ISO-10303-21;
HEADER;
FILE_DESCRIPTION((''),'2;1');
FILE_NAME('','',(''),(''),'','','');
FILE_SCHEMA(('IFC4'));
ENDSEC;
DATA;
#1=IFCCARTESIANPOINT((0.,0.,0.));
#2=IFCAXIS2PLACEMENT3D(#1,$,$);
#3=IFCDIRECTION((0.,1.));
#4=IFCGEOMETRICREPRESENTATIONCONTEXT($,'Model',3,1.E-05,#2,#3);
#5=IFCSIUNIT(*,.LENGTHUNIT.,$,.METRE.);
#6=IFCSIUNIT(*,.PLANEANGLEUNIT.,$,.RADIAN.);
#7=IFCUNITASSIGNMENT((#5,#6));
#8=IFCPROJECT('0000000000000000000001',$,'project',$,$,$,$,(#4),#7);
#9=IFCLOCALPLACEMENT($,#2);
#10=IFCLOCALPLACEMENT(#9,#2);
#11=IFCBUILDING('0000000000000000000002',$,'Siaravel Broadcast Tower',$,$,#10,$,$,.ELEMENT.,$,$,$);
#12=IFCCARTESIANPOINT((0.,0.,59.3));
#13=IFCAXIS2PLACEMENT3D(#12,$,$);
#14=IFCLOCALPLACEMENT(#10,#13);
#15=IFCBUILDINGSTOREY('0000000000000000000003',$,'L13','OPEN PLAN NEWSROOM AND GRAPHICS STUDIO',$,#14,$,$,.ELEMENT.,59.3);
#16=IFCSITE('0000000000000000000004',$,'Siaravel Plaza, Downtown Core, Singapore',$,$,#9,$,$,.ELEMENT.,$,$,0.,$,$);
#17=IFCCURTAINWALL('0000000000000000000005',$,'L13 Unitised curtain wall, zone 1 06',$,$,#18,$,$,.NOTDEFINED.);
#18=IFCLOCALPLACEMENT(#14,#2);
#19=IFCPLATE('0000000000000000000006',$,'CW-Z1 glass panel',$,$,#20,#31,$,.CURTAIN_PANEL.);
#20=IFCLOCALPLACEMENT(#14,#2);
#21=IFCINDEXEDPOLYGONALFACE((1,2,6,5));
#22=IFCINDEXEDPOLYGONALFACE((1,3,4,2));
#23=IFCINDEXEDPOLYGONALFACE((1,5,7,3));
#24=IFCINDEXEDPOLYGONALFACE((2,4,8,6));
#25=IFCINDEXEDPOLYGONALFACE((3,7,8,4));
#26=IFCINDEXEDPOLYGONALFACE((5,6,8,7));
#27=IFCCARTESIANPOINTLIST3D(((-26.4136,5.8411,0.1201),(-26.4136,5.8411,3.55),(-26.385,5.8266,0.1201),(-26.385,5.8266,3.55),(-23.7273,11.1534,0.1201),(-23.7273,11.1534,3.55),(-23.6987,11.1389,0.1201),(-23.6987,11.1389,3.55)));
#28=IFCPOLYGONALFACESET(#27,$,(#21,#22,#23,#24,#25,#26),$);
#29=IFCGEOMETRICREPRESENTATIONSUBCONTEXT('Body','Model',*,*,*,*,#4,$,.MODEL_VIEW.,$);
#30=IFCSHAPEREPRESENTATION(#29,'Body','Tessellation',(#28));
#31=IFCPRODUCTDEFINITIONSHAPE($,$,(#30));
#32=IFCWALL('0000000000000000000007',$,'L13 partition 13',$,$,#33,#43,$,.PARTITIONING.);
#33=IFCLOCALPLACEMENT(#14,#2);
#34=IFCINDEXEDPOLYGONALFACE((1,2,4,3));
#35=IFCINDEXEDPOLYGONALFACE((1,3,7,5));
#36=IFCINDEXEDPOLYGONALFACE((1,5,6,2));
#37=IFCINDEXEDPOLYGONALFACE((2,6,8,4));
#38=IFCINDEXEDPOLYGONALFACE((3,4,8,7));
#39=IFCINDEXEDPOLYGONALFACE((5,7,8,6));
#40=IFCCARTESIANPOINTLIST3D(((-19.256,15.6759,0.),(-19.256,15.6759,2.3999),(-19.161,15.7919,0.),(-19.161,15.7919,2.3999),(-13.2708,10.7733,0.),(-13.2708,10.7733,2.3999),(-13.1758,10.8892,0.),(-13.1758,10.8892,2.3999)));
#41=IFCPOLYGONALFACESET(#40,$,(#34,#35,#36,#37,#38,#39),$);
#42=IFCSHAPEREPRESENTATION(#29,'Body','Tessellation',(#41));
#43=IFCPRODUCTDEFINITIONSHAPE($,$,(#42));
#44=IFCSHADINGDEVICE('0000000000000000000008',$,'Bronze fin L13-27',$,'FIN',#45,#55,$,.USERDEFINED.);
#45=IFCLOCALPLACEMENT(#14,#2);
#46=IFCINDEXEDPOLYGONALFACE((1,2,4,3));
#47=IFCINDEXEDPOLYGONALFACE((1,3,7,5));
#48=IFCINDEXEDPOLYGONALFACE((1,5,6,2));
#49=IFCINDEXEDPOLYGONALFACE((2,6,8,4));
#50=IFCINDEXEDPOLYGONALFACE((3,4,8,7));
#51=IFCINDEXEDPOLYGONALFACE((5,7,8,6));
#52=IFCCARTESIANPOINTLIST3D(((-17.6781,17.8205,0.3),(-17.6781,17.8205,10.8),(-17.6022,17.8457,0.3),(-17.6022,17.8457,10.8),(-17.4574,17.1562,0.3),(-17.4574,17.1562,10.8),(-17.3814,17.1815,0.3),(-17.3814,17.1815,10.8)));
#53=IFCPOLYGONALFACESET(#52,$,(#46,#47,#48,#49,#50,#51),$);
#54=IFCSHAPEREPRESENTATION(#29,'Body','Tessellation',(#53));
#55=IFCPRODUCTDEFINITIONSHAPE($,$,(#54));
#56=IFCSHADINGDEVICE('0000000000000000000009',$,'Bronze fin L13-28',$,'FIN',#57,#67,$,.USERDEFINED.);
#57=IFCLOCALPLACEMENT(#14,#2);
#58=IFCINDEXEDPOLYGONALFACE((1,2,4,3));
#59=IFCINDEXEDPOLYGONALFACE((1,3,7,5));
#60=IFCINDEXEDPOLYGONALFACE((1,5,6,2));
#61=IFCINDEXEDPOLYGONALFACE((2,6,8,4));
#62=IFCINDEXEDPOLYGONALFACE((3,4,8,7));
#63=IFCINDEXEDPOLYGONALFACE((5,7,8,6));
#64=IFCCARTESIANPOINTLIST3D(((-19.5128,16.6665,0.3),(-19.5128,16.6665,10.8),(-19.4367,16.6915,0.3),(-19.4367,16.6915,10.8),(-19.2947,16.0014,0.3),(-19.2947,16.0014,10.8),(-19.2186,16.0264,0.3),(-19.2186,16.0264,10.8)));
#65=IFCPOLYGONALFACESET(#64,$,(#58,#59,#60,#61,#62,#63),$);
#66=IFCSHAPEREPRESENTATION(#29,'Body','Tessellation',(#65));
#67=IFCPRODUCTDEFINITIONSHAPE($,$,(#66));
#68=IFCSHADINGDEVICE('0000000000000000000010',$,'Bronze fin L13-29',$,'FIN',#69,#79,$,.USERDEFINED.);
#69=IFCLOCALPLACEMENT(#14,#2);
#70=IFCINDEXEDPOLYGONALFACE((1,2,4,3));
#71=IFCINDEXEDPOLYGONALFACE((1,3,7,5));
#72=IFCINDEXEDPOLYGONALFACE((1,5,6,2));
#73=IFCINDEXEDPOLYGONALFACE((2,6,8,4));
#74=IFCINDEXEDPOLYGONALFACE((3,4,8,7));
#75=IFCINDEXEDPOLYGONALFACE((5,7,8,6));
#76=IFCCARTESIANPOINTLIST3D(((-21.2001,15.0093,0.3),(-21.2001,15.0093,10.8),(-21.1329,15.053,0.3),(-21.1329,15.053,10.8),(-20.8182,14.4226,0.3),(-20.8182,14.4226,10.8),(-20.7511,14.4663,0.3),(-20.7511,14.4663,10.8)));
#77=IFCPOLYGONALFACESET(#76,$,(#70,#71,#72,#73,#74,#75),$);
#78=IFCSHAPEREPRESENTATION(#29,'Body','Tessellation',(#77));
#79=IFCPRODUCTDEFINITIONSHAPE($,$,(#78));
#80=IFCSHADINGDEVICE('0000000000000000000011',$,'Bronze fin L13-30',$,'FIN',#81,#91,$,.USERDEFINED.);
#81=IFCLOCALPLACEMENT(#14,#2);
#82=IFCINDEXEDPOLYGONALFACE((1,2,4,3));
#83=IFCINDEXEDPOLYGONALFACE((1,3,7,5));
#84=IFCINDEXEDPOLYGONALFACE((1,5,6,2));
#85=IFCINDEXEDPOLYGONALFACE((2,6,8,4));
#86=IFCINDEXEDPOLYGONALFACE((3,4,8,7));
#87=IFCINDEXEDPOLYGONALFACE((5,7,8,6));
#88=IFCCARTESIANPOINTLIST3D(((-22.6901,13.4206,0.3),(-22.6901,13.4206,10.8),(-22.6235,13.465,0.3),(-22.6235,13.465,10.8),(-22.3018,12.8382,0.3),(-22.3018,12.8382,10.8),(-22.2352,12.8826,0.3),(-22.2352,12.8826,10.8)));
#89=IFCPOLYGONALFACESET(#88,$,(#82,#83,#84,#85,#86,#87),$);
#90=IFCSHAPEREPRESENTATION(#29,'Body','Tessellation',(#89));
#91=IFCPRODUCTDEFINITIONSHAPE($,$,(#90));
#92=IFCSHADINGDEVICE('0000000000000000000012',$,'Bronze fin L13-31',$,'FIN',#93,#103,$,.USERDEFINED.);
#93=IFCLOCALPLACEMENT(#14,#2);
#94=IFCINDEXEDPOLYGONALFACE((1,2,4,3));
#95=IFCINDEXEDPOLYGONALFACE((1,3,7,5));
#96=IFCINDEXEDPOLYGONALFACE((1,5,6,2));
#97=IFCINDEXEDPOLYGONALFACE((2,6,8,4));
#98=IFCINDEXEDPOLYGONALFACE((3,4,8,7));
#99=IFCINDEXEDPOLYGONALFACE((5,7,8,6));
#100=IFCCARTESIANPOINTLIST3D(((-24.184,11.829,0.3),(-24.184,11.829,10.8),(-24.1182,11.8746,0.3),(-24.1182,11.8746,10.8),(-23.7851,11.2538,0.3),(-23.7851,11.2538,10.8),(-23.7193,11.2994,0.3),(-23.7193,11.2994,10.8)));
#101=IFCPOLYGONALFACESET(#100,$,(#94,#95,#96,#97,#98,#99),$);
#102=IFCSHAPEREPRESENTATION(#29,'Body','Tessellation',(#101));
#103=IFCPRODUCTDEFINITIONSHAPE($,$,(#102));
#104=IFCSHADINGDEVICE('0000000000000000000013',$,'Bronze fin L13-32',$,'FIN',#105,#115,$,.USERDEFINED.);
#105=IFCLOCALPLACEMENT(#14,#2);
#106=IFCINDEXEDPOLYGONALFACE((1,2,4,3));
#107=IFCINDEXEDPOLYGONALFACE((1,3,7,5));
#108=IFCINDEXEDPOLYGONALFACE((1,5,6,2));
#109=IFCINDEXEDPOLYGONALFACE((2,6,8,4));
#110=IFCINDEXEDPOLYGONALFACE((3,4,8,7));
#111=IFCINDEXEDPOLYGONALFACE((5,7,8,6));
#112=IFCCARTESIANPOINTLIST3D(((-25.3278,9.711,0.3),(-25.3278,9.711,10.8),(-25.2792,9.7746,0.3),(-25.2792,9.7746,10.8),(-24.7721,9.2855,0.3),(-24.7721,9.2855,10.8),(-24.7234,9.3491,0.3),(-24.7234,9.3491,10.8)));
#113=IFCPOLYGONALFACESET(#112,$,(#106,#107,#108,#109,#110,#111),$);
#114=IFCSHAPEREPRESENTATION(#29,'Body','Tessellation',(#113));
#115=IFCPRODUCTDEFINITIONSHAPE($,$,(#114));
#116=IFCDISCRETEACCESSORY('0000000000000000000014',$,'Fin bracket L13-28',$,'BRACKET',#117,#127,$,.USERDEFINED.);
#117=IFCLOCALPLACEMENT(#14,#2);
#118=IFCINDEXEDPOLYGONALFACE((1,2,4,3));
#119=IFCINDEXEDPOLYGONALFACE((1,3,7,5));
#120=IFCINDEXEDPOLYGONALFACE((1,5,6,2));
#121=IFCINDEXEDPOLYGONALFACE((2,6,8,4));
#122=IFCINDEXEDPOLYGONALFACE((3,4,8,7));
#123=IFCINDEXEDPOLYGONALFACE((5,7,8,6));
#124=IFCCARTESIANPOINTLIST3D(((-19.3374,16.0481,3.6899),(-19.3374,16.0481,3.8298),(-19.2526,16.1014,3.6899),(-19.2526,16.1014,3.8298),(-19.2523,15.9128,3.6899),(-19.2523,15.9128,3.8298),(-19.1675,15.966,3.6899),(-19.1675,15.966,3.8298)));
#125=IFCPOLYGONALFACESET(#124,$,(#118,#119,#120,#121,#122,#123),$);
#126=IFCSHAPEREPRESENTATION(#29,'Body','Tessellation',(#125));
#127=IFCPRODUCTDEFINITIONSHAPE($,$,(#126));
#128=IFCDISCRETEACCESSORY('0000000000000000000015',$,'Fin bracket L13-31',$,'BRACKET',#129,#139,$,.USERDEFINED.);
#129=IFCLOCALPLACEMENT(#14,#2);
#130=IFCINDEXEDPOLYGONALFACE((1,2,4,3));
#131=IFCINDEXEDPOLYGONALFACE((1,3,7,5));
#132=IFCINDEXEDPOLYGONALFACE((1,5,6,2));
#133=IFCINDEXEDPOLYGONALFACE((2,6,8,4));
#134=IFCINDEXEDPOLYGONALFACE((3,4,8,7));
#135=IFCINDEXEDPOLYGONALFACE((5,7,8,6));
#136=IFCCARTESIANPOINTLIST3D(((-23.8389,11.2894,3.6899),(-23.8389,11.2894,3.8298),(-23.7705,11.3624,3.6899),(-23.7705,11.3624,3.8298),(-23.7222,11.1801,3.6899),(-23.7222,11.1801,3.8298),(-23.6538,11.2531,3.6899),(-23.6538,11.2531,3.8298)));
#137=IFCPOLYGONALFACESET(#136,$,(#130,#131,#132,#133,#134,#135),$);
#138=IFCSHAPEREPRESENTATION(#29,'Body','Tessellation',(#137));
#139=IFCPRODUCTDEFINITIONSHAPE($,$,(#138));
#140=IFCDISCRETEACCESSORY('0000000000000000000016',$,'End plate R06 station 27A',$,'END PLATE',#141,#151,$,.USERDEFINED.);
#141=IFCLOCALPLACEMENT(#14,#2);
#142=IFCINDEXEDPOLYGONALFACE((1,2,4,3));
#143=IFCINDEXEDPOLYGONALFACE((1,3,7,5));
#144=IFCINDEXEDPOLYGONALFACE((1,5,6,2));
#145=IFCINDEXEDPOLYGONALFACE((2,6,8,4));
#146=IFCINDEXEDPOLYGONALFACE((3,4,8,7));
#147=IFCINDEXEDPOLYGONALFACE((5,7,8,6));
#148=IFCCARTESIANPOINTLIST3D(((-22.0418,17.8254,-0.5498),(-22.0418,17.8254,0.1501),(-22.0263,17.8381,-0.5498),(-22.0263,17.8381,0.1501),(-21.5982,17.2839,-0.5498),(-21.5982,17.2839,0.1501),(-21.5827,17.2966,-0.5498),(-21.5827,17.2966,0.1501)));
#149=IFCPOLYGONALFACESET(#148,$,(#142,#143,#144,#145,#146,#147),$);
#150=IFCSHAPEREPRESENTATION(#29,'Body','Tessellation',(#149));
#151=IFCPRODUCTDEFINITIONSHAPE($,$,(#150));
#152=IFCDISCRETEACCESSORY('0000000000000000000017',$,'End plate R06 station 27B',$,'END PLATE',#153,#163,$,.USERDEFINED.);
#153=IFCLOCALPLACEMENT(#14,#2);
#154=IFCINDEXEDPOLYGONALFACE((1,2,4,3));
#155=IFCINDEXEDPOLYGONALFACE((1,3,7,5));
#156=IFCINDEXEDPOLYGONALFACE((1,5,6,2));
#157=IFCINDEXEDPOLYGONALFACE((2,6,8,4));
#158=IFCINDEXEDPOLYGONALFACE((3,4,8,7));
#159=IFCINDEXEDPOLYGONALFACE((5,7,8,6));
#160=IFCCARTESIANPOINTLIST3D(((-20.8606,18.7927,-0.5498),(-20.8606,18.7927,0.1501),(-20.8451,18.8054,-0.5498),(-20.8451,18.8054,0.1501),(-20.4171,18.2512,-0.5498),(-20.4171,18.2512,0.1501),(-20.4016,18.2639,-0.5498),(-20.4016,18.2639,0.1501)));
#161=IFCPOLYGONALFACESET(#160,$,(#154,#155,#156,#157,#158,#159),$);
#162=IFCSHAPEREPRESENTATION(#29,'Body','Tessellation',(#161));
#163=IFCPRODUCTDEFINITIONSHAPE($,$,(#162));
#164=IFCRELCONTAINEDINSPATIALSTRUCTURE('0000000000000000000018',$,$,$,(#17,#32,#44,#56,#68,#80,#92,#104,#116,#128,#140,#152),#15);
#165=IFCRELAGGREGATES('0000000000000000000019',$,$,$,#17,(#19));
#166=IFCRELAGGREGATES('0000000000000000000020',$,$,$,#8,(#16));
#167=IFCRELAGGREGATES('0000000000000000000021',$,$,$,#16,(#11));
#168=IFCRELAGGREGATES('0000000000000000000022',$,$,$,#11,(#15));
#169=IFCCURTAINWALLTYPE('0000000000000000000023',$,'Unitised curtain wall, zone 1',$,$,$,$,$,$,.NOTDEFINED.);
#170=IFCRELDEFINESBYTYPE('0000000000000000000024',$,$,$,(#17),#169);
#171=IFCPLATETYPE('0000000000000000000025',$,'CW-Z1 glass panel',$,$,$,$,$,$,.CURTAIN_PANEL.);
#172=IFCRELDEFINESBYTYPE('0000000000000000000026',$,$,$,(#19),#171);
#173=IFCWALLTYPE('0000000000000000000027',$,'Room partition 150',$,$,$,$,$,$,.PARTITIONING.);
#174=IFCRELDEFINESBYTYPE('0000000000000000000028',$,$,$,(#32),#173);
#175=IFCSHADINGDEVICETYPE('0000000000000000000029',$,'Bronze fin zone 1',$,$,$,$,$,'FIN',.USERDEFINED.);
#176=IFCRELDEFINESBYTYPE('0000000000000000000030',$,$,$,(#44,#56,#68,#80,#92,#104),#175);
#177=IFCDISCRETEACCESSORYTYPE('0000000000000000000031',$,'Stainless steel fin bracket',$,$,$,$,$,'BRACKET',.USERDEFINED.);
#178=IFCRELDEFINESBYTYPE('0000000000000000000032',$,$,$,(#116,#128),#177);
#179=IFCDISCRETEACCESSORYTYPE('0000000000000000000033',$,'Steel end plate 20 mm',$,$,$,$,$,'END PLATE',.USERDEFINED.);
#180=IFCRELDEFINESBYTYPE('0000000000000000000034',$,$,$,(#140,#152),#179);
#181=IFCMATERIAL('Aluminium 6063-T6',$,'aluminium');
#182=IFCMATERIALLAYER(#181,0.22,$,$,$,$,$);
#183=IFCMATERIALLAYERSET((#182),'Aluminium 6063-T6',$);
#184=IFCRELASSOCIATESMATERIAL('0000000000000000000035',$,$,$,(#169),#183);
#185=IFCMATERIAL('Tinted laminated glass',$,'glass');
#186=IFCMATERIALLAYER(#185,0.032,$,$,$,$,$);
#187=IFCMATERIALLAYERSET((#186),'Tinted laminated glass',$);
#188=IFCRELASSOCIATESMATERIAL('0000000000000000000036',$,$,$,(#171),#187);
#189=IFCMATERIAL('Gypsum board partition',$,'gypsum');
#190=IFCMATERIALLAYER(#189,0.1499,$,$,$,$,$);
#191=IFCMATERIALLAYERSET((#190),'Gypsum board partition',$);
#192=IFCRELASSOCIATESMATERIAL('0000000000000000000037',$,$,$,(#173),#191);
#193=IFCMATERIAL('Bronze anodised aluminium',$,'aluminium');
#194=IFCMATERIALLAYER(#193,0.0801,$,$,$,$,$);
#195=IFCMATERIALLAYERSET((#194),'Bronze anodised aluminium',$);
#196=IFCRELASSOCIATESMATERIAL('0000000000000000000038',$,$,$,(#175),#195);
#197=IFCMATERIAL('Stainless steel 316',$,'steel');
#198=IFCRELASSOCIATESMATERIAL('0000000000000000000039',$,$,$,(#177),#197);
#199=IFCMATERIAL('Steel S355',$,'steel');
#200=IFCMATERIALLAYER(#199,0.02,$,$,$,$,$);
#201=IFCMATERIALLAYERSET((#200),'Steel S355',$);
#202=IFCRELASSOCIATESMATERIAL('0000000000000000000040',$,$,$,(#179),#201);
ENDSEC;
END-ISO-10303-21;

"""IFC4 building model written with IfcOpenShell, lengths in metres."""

from ifc_helpers import new_model, si_unit, direction, frame, frame_2d, origin, origin_2d, place, context, subcontext, project, spatial, rectangle, extrude, material, layer, layer_set, type_object, element, aggregate, save


model = new_model("IFC4")

# Units and contexts
model_context = context("Model", 3, precision=1e-05, world=origin(), true_north=direction((0.0, 1.0)))
body_context = subcontext(model_context, "Body", "Model", "MODEL_VIEW")
ifc_project = project(units=[si_unit("LENGTHUNIT", "METRE"), si_unit("PLANEANGLEUNIT", "RADIAN")], contexts=[model_context])

# Site, building, storey
site_placement = place(None, origin())
site = spatial("IfcSite", under=ifc_project, at=site_placement, Name="Siaravel Plaza, Downtown Core, Singapore", CompositionType="ELEMENT", RefElevation=0.0)
building_placement = place(site_placement, origin())
building = spatial("IfcBuilding", under=site, at=building_placement, Name="Siaravel Broadcast Tower", CompositionType="ELEMENT")
storey_placement = place(building_placement, frame((0.0, 0.0, 59.3)))
storey = spatial("IfcBuildingStorey", under=building, at=storey_placement, Name="L13", Description="OPEN PLAN NEWSROOM AND GRAPHICS STUDIO", CompositionType="ELEMENT", Elevation=59.3)

# Shared definitions
ifc_material_1 = material(Name="Steel S355", Category="steel")

# Shared definitions
ifc_material_2 = material(Name="Aluminium 6063-T6", Category="aluminium")
ifc_layer_1 = layer(ifc_material_2, 0.22)
ifc_layer_set_1 = layer_set([ifc_layer_1], Name="Aluminium 6063-T6")
curtain_wall_type = type_object("IfcCurtainWallType", Name="Unitised curtain wall, zone 1", PredefinedType="NOTDEFINED", material=ifc_layer_set_1)

# Curtain wall
curtain_wall_1_placement = place(storey_placement, origin())
curtain_wall_1 = element("IfcCurtainWall", 1, at=curtain_wall_1_placement, inside=storey, type_object=curtain_wall_type, Name="L13 Unitised curtain wall, zone 1 06", PredefinedType="NOTDEFINED")

# Plate
ifc_material_3 = material(Name="Tinted laminated glass", Category="glass")
ifc_layer_2 = layer(ifc_material_3, 0.032)
ifc_layer_set_2 = layer_set([ifc_layer_2], Name="Tinted laminated glass")
plate_type = type_object("IfcPlateType", Name="CW-Z1 glass panel", PredefinedType="CURTAIN_PANEL", material=ifc_layer_set_2)
plate_1_placement = place(storey_placement, frame((-25.0562, 8.49, 0.1201), z_axis=(0.0, 0.0, 1.0), x_axis=(-0.451262, -0.892391, 0.0)))
plate_1 = element("IfcPlate", 2, at=plate_1_placement, type_object=plate_type, Name="CW-Z1 glass panel", PredefinedType="CURTAIN_PANEL", context=body_context, shape_type="SweptSolid", body=[
    extrude(rectangle(XDim=5.9529, YDim=0.032, at=origin_2d()), origin(), (0.0, 0.0, 1.0), 3.4299),
])
aggregate(curtain_wall_1, [plate_1])

# Wall
ifc_material_4 = material(Name="Gypsum board partition", Category="gypsum")
ifc_layer_3 = layer(ifc_material_4, 0.1499)
ifc_layer_set_3 = layer_set([ifc_layer_3], Name="Gypsum board partition")
wall_type = type_object("IfcWallType", Name="Room partition 150", PredefinedType="PARTITIONING", material=ifc_layer_set_3)
wall_placement = place(storey_placement, frame((-19.2085, 15.7339, 0.0), z_axis=(0.0, 0.0, 1.0), x_axis=(0.773597, -0.633678, 0.0)))
element("IfcWall", 3, at=wall_placement, inside=storey, type_object=wall_type, Name="L13 partition 13", PredefinedType="PARTITIONING", context=body_context, shape_type="SweptSolid", body=[
    extrude(rectangle(XDim=7.7368, YDim=0.1499, at=frame_2d((3.8684, 0.0))), origin(), (0.0, 0.0, 1.0), 2.3999),
])

# Shading devices
ifc_material_5 = material(Name="Bronze anodised aluminium", Category="aluminium")
ifc_layer_4 = layer(ifc_material_5, 0.0801)
ifc_layer_set_4 = layer_set([ifc_layer_4], Name="Bronze anodised aluminium")
shading_device_type = type_object("IfcShadingDeviceType", Name="Bronze fin zone 1", ElementType="FIN", PredefinedType="USERDEFINED", material=ifc_layer_set_4)
for number, where, z_axis, x_axis, name in (
    (4, (-17.5298, 17.501, 0.3), (0.0, 0.0, 1.0), (-0.315358, 0.948973, 0.0), "Bronze fin L13-27"),
    (5, (-19.3657, 16.3464, 0.3), (0.0, 0.0, 1.0), (-0.311536, 0.950234, 0.0), "Bronze fin L13-28"),
    (6, (-20.9756, 14.7378, 0.3), (0.0, 0.0, 1.0), (-0.545513, 0.838103, 0.0), "Bronze fin L13-29"),
    (7, (-22.4626, 13.1516, 0.3), (0.0, 0.0, 1.0), (-0.554734, 0.832028, 0.0), "Bronze fin L13-30"),
    (8, (-23.9517, 11.5642, 0.3), (0.0, 0.0, 1.0), (-0.56985, 0.821748, 0.0), "Bronze fin L13-31"),
    (9, (-25.0256, 9.53, 0.3), (0.0, 0.0, 1.0), (-0.793976, 0.60795, 0.0), "Bronze fin L13-32"),
):
    element("IfcShadingDevice", number, at=place(storey_placement, frame(where, z_axis=z_axis, x_axis=x_axis)), inside=storey, type_object=shading_device_type, Name=name, ObjectType="FIN", PredefinedType="USERDEFINED", context=body_context, shape_type="SweptSolid", body=[
        extrude(rectangle(XDim=0.7, YDim=0.0801, at=origin_2d()), origin(), (0.0, 0.0, 1.0), 10.5),
    ])

# Discrete accessories
ifc_material_6 = material(Name="Stainless steel 316", Category="steel")
discrete_accessory_type_1 = type_object("IfcDiscreteAccessoryType", Name="Stainless steel fin bracket", ElementType="BRACKET", PredefinedType="USERDEFINED", material=ifc_material_6)
for number, where, z_axis, x_axis, name in (
    (10, (-19.2524, 16.0071, 3.6899), (0.0, 0.0, 1.0), (-0.532148, 0.846651, 0.0), "Fin bracket L13-28"),
    (11, (-23.7463, 11.2712, 3.6899), (0.0, 0.0, 1.0), (-0.729804, 0.683656, 0.0), "Fin bracket L13-31"),
):
    element("IfcDiscreteAccessory", number, at=place(storey_placement, frame(where, z_axis=z_axis, x_axis=x_axis)), inside=storey, type_object=discrete_accessory_type_1, Name=name, ObjectType="BRACKET", PredefinedType="USERDEFINED", context=body_context, shape_type="SweptSolid", body=[
        extrude(rectangle(XDim=0.1599, YDim=0.1001, at=origin_2d()), origin(), (0.0, 0.0, 1.0), 0.1399),
    ])
ifc_layer_5 = layer(ifc_material_1, 0.02)
ifc_layer_set_5 = layer_set([ifc_layer_5], Name="Steel S355")
discrete_accessory_type_2 = type_object("IfcDiscreteAccessoryType", Name="Steel end plate 20 mm", ElementType="END PLATE", PredefinedType="USERDEFINED", material=ifc_layer_set_5)
for number, where, z_axis, x_axis, name in (
    (12, (-21.8123, 17.561, -0.5498), (0.0, 0.0, 1.0), (-0.773605, -0.633669, 0.0), "End plate R06 station 27A"),
    (13, (-20.6311, 18.5283, -0.5498), (0.0, 0.0, 1.0), (-0.773605, -0.633669, 0.0), "End plate R06 station 27B"),
):
    element("IfcDiscreteAccessory", number, at=place(storey_placement, frame(where, z_axis=z_axis, x_axis=x_axis)), inside=storey, type_object=discrete_accessory_type_2, Name=name, ObjectType="END PLATE", PredefinedType="USERDEFINED", context=body_context, shape_type="SweptSolid", body=[
        extrude(rectangle(XDim=0.02, YDim=0.7, at=origin_2d()), origin(), (0.0, 0.0, 1.0), 0.7),
    ])

save(model, "model.ifc")
